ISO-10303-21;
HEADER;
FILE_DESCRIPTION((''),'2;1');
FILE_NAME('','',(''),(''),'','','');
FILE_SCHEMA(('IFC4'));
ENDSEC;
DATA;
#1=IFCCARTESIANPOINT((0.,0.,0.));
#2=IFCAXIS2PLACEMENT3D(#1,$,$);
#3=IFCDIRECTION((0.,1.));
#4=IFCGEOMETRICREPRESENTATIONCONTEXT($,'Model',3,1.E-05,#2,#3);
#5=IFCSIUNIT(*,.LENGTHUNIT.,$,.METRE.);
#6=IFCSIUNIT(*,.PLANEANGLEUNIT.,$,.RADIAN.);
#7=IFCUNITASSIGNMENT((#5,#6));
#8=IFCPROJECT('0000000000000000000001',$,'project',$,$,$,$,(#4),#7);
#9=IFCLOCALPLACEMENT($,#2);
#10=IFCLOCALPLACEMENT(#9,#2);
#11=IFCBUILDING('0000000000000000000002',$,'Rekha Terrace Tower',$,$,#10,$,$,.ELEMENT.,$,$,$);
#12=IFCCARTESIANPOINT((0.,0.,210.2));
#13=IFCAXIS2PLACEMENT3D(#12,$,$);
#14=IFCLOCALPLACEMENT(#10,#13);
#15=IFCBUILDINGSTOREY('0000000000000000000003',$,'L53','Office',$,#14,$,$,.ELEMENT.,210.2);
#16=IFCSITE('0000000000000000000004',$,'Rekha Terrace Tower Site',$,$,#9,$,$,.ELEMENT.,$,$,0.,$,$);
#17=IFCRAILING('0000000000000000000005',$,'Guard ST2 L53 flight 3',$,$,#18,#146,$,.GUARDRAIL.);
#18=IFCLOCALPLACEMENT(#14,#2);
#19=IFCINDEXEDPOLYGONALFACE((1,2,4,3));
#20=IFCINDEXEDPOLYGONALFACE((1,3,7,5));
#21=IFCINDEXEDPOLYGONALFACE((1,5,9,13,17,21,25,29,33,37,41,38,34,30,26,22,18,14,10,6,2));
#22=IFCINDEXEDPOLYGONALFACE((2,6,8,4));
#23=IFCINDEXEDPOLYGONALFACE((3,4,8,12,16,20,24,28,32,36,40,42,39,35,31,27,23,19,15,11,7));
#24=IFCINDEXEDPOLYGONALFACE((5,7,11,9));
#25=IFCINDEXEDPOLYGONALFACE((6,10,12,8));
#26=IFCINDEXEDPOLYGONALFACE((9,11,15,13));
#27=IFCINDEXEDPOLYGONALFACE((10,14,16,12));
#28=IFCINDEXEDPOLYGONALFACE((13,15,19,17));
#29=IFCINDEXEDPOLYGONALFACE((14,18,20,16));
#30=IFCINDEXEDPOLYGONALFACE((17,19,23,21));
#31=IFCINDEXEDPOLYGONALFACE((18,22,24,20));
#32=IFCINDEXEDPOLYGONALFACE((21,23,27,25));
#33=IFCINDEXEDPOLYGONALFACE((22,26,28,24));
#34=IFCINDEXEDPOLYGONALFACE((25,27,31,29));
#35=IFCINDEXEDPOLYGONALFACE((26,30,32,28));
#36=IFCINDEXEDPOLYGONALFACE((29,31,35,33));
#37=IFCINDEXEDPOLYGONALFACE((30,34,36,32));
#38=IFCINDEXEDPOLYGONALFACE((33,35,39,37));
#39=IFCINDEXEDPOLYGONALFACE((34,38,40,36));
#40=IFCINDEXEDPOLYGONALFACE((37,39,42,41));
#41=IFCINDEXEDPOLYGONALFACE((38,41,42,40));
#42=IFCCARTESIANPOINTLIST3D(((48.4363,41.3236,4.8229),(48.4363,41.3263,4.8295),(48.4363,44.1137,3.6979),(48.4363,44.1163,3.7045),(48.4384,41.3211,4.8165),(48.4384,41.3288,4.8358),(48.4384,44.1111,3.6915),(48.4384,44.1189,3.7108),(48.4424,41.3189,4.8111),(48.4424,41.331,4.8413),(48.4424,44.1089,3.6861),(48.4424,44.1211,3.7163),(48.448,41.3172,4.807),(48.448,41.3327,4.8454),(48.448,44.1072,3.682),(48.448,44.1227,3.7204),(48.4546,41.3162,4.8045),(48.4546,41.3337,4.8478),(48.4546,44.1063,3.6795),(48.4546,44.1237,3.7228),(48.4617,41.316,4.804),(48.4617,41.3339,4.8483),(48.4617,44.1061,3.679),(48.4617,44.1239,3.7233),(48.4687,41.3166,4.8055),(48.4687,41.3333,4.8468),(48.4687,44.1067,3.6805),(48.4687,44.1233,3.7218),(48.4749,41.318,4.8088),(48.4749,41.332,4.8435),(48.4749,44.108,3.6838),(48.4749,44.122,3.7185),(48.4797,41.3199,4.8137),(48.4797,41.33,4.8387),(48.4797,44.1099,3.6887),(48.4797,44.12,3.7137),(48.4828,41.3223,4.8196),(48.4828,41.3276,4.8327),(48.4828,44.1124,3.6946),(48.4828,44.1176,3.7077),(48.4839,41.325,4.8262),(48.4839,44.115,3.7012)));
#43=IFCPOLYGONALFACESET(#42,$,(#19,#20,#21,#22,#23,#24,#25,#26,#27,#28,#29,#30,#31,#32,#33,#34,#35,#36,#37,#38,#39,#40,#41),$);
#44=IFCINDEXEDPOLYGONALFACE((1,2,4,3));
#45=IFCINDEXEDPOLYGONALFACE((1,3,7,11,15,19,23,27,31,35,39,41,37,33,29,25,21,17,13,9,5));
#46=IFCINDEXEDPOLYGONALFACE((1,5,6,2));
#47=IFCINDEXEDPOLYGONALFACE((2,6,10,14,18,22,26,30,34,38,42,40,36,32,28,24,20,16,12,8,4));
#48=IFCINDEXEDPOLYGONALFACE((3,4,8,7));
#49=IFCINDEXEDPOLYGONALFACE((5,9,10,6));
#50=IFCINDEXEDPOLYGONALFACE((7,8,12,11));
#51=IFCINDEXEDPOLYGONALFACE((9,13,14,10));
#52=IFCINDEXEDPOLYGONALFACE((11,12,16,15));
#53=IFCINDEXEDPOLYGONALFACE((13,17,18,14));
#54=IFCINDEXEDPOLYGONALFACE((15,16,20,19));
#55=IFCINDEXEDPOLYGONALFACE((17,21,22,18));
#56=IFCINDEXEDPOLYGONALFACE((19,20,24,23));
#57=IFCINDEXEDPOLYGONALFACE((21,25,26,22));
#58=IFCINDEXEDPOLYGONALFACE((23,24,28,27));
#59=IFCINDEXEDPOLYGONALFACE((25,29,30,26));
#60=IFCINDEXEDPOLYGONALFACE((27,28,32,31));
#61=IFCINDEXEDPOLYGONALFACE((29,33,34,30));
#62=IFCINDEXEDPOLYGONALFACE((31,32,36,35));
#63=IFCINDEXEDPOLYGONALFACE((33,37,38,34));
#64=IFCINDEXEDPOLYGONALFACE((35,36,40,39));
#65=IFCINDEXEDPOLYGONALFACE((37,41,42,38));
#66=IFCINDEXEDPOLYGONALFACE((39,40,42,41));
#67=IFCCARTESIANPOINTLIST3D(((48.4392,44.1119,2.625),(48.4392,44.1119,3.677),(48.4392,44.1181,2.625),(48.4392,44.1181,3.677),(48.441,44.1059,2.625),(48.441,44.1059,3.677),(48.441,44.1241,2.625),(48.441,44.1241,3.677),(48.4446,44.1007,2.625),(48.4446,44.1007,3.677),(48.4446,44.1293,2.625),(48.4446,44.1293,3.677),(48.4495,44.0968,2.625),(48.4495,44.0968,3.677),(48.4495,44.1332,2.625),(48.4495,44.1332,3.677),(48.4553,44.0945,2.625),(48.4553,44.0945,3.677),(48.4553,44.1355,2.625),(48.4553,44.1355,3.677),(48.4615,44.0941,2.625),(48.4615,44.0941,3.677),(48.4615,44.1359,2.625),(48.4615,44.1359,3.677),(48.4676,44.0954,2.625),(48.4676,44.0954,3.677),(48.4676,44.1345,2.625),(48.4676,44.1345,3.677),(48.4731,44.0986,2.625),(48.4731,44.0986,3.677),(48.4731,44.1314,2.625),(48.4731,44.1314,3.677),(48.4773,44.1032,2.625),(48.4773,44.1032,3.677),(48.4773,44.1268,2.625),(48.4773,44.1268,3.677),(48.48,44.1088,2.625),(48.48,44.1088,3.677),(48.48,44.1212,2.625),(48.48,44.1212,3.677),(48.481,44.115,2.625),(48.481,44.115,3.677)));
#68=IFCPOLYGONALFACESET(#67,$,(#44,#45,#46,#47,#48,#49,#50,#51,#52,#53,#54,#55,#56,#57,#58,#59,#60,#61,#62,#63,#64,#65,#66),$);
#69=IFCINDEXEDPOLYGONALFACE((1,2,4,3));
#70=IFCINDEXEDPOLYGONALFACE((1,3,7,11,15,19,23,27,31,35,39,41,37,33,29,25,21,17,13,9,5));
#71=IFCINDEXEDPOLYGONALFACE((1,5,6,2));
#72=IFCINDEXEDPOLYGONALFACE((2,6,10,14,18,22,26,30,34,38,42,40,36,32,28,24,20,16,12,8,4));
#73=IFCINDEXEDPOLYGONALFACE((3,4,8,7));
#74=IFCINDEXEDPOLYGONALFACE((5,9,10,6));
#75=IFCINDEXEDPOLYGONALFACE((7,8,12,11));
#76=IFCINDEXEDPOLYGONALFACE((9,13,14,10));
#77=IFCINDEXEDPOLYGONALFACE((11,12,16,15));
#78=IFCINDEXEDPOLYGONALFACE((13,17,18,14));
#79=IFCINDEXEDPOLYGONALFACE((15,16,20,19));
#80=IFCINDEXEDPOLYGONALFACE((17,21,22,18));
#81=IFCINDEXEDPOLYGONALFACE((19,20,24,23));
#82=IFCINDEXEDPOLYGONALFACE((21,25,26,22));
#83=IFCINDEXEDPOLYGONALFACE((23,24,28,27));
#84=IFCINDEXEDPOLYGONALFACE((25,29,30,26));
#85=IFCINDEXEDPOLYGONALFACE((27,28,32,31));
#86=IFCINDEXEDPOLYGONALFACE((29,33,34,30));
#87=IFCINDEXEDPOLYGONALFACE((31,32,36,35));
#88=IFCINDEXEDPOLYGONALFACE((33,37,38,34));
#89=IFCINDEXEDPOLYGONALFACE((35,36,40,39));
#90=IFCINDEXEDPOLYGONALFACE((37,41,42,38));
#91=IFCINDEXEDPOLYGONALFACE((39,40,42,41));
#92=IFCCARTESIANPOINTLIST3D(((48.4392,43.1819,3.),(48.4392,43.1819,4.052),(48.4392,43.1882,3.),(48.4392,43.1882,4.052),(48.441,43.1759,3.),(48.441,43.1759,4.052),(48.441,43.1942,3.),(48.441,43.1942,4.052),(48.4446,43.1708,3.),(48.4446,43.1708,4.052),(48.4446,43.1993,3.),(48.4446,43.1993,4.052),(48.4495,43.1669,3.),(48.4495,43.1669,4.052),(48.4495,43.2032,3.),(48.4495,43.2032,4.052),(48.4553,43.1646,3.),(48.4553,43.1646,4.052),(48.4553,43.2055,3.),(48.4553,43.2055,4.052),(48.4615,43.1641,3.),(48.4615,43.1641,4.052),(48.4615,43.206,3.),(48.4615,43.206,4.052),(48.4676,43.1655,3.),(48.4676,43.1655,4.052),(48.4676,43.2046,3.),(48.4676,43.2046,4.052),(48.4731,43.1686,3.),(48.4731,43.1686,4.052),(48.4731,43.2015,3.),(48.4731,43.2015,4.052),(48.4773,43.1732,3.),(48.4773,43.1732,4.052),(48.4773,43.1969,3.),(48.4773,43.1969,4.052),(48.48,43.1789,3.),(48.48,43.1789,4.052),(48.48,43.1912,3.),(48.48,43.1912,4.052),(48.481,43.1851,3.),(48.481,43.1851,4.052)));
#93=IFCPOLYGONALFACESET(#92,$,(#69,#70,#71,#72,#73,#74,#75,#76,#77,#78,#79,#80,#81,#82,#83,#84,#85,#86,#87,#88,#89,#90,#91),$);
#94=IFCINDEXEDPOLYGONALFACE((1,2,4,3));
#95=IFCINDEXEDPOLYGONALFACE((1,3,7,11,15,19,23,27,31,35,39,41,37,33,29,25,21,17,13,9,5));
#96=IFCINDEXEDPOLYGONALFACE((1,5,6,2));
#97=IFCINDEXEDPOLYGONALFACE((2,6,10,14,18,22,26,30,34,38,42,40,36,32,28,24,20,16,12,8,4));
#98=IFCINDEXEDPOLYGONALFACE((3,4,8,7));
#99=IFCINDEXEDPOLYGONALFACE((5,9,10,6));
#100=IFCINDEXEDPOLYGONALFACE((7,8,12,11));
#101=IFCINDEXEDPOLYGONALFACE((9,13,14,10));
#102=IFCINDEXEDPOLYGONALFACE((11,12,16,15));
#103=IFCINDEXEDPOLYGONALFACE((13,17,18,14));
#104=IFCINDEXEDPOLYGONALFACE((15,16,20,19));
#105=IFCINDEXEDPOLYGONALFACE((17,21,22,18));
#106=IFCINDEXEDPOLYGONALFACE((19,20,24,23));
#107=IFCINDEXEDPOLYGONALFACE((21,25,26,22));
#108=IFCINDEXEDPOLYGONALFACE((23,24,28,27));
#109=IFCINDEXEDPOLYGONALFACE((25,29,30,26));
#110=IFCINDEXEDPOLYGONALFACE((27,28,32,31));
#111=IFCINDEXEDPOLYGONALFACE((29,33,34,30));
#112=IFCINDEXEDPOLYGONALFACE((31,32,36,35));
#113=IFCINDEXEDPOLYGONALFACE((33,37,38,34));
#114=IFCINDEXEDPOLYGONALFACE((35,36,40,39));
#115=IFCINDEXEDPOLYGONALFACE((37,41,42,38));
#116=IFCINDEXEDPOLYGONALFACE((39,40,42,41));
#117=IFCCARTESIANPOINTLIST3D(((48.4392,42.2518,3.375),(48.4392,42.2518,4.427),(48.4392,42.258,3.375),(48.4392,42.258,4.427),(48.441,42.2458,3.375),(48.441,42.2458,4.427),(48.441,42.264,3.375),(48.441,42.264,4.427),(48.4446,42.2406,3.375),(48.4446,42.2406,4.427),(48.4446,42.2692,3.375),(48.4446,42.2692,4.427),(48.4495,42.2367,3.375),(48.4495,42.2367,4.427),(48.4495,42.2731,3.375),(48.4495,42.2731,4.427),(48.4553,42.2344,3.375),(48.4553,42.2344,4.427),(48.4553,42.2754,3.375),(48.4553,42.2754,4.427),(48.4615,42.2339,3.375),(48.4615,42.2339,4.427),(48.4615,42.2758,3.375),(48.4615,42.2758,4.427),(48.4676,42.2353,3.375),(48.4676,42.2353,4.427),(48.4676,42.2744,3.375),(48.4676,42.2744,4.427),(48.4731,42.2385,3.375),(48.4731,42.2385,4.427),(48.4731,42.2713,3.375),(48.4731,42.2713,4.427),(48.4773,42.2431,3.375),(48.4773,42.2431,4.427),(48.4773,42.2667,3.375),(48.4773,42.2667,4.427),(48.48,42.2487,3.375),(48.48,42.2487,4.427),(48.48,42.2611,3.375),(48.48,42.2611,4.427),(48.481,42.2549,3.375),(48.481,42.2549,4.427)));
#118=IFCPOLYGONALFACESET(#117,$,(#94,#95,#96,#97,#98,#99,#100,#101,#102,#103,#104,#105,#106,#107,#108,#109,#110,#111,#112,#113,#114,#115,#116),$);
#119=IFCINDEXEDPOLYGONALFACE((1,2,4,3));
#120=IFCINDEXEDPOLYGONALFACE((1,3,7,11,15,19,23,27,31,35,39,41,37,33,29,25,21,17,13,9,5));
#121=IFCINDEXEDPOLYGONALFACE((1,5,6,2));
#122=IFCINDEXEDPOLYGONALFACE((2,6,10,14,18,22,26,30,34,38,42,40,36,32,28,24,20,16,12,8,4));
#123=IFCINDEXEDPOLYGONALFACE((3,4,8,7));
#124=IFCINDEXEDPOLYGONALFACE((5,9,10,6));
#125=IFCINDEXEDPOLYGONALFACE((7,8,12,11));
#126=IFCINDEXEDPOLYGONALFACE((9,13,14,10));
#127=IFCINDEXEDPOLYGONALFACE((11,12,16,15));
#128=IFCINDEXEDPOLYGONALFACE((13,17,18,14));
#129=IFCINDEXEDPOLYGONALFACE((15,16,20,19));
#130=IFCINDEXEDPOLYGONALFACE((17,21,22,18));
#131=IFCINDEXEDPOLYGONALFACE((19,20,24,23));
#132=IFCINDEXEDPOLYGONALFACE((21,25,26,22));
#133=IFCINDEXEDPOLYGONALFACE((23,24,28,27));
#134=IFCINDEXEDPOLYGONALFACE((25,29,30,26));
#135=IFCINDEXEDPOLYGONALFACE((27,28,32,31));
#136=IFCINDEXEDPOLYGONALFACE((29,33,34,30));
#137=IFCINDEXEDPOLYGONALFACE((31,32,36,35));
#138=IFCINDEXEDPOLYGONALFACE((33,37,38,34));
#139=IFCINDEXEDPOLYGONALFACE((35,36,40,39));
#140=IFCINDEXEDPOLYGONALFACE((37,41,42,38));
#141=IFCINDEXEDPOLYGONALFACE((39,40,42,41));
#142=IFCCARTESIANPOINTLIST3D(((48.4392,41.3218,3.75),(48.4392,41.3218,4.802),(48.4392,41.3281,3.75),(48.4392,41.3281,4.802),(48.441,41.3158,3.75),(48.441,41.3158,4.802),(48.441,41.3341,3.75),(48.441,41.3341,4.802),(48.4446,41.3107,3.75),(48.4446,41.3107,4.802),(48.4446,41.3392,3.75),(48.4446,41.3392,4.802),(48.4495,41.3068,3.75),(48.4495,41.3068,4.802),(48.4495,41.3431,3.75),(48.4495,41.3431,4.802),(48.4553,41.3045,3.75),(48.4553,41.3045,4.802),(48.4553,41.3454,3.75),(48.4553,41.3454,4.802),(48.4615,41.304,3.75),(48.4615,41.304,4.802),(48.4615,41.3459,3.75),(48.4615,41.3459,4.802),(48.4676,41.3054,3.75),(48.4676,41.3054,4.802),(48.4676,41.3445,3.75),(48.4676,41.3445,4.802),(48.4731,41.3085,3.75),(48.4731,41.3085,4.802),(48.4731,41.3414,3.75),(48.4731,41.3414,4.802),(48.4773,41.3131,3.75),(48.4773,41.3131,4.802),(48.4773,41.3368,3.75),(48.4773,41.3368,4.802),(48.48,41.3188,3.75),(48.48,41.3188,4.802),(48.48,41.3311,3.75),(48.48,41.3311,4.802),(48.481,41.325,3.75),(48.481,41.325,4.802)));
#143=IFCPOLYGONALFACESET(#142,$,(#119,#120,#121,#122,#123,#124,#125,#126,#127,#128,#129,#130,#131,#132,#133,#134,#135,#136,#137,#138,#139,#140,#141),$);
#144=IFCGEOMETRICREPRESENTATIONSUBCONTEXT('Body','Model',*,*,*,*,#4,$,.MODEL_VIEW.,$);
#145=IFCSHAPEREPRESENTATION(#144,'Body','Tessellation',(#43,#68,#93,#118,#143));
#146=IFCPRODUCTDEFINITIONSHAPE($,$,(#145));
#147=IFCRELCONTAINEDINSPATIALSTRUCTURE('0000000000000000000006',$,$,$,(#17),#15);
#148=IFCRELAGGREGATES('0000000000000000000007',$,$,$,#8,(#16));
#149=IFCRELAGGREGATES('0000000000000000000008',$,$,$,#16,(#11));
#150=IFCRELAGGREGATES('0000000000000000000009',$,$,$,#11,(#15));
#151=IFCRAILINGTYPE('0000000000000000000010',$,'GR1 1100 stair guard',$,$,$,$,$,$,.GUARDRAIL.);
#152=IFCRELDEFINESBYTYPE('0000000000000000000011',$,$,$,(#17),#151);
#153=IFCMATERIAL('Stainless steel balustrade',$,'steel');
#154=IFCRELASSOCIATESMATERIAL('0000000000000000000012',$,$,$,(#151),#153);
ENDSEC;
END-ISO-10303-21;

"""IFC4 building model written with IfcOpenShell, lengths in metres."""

from ifc_helpers import new_model, si_unit, direction, frame, origin, origin_2d, place, context, subcontext, project, spatial, circle, extrude, material, type_object, element, save


model = new_model("IFC4")

# Units and contexts
model_context = context("Model", 3, precision=1e-05, world=origin(), true_north=direction((0.0, 1.0)))
body_context = subcontext(model_context, "Body", "Model", "MODEL_VIEW")
ifc_project = project(units=[si_unit("LENGTHUNIT", "METRE"), si_unit("PLANEANGLEUNIT", "RADIAN")], contexts=[model_context])

# Site, building, storey
site_placement = place(None, origin())
site = spatial("IfcSite", under=ifc_project, at=site_placement, Name="Rekha Terrace Tower Site", CompositionType="ELEMENT", RefElevation=0.0)
building_placement = place(site_placement, origin())
building = spatial("IfcBuilding", under=site, at=building_placement, Name="Rekha Terrace Tower", CompositionType="ELEMENT")
storey_placement = place(building_placement, frame((0.0, 0.0, 210.2)))
storey = spatial("IfcBuildingStorey", under=building, at=storey_placement, Name="L53", Description="Office", CompositionType="ELEMENT", Elevation=210.2)

# Railing
ifc_material_1 = material(Name="Stainless steel balustrade", Category="steel")
railing_type_1 = type_object("IfcRailingType", Name="GR1 1100 stair guard", PredefinedType="GUARDRAIL", material=ifc_material_1)
railing_1_placement = place(storey_placement, frame((48.46, 44.115, 2.625)))
element("IfcRailing", 1, at=railing_1_placement, inside=storey, type_object=railing_type_1, Name="Guard ST2 L53 flight 3", PredefinedType="GUARDRAIL", context=body_context, shape_type="SweptSolid", body=[
    extrude(circle(Radius=0.0239, at=origin_2d()), frame((0.0, 0.0, 1.0762), z_axis=(0.0, -0.927443, 0.373964), x_axis=(1.0, 0.0, 0.0)), (0.0, 0.0, 1.0), 3.0083),
    extrude(circle(Radius=0.021, at=origin_2d()), origin(), (0.0, 0.0, 1.0), 1.052),
    extrude(circle(Radius=0.021, at=origin_2d()), frame((0.0, -0.9299, 0.375)), (0.0, 0.0, 1.0), 1.052),
    extrude(circle(Radius=0.021, at=origin_2d()), frame((0.0, -1.8601, 0.75)), (0.0, 0.0, 1.0), 1.052),
    extrude(circle(Radius=0.021, at=origin_2d()), frame((0.0, -2.79, 1.125)), (0.0, 0.0, 1.0), 1.052),
])

save(model, "model.ifc")
